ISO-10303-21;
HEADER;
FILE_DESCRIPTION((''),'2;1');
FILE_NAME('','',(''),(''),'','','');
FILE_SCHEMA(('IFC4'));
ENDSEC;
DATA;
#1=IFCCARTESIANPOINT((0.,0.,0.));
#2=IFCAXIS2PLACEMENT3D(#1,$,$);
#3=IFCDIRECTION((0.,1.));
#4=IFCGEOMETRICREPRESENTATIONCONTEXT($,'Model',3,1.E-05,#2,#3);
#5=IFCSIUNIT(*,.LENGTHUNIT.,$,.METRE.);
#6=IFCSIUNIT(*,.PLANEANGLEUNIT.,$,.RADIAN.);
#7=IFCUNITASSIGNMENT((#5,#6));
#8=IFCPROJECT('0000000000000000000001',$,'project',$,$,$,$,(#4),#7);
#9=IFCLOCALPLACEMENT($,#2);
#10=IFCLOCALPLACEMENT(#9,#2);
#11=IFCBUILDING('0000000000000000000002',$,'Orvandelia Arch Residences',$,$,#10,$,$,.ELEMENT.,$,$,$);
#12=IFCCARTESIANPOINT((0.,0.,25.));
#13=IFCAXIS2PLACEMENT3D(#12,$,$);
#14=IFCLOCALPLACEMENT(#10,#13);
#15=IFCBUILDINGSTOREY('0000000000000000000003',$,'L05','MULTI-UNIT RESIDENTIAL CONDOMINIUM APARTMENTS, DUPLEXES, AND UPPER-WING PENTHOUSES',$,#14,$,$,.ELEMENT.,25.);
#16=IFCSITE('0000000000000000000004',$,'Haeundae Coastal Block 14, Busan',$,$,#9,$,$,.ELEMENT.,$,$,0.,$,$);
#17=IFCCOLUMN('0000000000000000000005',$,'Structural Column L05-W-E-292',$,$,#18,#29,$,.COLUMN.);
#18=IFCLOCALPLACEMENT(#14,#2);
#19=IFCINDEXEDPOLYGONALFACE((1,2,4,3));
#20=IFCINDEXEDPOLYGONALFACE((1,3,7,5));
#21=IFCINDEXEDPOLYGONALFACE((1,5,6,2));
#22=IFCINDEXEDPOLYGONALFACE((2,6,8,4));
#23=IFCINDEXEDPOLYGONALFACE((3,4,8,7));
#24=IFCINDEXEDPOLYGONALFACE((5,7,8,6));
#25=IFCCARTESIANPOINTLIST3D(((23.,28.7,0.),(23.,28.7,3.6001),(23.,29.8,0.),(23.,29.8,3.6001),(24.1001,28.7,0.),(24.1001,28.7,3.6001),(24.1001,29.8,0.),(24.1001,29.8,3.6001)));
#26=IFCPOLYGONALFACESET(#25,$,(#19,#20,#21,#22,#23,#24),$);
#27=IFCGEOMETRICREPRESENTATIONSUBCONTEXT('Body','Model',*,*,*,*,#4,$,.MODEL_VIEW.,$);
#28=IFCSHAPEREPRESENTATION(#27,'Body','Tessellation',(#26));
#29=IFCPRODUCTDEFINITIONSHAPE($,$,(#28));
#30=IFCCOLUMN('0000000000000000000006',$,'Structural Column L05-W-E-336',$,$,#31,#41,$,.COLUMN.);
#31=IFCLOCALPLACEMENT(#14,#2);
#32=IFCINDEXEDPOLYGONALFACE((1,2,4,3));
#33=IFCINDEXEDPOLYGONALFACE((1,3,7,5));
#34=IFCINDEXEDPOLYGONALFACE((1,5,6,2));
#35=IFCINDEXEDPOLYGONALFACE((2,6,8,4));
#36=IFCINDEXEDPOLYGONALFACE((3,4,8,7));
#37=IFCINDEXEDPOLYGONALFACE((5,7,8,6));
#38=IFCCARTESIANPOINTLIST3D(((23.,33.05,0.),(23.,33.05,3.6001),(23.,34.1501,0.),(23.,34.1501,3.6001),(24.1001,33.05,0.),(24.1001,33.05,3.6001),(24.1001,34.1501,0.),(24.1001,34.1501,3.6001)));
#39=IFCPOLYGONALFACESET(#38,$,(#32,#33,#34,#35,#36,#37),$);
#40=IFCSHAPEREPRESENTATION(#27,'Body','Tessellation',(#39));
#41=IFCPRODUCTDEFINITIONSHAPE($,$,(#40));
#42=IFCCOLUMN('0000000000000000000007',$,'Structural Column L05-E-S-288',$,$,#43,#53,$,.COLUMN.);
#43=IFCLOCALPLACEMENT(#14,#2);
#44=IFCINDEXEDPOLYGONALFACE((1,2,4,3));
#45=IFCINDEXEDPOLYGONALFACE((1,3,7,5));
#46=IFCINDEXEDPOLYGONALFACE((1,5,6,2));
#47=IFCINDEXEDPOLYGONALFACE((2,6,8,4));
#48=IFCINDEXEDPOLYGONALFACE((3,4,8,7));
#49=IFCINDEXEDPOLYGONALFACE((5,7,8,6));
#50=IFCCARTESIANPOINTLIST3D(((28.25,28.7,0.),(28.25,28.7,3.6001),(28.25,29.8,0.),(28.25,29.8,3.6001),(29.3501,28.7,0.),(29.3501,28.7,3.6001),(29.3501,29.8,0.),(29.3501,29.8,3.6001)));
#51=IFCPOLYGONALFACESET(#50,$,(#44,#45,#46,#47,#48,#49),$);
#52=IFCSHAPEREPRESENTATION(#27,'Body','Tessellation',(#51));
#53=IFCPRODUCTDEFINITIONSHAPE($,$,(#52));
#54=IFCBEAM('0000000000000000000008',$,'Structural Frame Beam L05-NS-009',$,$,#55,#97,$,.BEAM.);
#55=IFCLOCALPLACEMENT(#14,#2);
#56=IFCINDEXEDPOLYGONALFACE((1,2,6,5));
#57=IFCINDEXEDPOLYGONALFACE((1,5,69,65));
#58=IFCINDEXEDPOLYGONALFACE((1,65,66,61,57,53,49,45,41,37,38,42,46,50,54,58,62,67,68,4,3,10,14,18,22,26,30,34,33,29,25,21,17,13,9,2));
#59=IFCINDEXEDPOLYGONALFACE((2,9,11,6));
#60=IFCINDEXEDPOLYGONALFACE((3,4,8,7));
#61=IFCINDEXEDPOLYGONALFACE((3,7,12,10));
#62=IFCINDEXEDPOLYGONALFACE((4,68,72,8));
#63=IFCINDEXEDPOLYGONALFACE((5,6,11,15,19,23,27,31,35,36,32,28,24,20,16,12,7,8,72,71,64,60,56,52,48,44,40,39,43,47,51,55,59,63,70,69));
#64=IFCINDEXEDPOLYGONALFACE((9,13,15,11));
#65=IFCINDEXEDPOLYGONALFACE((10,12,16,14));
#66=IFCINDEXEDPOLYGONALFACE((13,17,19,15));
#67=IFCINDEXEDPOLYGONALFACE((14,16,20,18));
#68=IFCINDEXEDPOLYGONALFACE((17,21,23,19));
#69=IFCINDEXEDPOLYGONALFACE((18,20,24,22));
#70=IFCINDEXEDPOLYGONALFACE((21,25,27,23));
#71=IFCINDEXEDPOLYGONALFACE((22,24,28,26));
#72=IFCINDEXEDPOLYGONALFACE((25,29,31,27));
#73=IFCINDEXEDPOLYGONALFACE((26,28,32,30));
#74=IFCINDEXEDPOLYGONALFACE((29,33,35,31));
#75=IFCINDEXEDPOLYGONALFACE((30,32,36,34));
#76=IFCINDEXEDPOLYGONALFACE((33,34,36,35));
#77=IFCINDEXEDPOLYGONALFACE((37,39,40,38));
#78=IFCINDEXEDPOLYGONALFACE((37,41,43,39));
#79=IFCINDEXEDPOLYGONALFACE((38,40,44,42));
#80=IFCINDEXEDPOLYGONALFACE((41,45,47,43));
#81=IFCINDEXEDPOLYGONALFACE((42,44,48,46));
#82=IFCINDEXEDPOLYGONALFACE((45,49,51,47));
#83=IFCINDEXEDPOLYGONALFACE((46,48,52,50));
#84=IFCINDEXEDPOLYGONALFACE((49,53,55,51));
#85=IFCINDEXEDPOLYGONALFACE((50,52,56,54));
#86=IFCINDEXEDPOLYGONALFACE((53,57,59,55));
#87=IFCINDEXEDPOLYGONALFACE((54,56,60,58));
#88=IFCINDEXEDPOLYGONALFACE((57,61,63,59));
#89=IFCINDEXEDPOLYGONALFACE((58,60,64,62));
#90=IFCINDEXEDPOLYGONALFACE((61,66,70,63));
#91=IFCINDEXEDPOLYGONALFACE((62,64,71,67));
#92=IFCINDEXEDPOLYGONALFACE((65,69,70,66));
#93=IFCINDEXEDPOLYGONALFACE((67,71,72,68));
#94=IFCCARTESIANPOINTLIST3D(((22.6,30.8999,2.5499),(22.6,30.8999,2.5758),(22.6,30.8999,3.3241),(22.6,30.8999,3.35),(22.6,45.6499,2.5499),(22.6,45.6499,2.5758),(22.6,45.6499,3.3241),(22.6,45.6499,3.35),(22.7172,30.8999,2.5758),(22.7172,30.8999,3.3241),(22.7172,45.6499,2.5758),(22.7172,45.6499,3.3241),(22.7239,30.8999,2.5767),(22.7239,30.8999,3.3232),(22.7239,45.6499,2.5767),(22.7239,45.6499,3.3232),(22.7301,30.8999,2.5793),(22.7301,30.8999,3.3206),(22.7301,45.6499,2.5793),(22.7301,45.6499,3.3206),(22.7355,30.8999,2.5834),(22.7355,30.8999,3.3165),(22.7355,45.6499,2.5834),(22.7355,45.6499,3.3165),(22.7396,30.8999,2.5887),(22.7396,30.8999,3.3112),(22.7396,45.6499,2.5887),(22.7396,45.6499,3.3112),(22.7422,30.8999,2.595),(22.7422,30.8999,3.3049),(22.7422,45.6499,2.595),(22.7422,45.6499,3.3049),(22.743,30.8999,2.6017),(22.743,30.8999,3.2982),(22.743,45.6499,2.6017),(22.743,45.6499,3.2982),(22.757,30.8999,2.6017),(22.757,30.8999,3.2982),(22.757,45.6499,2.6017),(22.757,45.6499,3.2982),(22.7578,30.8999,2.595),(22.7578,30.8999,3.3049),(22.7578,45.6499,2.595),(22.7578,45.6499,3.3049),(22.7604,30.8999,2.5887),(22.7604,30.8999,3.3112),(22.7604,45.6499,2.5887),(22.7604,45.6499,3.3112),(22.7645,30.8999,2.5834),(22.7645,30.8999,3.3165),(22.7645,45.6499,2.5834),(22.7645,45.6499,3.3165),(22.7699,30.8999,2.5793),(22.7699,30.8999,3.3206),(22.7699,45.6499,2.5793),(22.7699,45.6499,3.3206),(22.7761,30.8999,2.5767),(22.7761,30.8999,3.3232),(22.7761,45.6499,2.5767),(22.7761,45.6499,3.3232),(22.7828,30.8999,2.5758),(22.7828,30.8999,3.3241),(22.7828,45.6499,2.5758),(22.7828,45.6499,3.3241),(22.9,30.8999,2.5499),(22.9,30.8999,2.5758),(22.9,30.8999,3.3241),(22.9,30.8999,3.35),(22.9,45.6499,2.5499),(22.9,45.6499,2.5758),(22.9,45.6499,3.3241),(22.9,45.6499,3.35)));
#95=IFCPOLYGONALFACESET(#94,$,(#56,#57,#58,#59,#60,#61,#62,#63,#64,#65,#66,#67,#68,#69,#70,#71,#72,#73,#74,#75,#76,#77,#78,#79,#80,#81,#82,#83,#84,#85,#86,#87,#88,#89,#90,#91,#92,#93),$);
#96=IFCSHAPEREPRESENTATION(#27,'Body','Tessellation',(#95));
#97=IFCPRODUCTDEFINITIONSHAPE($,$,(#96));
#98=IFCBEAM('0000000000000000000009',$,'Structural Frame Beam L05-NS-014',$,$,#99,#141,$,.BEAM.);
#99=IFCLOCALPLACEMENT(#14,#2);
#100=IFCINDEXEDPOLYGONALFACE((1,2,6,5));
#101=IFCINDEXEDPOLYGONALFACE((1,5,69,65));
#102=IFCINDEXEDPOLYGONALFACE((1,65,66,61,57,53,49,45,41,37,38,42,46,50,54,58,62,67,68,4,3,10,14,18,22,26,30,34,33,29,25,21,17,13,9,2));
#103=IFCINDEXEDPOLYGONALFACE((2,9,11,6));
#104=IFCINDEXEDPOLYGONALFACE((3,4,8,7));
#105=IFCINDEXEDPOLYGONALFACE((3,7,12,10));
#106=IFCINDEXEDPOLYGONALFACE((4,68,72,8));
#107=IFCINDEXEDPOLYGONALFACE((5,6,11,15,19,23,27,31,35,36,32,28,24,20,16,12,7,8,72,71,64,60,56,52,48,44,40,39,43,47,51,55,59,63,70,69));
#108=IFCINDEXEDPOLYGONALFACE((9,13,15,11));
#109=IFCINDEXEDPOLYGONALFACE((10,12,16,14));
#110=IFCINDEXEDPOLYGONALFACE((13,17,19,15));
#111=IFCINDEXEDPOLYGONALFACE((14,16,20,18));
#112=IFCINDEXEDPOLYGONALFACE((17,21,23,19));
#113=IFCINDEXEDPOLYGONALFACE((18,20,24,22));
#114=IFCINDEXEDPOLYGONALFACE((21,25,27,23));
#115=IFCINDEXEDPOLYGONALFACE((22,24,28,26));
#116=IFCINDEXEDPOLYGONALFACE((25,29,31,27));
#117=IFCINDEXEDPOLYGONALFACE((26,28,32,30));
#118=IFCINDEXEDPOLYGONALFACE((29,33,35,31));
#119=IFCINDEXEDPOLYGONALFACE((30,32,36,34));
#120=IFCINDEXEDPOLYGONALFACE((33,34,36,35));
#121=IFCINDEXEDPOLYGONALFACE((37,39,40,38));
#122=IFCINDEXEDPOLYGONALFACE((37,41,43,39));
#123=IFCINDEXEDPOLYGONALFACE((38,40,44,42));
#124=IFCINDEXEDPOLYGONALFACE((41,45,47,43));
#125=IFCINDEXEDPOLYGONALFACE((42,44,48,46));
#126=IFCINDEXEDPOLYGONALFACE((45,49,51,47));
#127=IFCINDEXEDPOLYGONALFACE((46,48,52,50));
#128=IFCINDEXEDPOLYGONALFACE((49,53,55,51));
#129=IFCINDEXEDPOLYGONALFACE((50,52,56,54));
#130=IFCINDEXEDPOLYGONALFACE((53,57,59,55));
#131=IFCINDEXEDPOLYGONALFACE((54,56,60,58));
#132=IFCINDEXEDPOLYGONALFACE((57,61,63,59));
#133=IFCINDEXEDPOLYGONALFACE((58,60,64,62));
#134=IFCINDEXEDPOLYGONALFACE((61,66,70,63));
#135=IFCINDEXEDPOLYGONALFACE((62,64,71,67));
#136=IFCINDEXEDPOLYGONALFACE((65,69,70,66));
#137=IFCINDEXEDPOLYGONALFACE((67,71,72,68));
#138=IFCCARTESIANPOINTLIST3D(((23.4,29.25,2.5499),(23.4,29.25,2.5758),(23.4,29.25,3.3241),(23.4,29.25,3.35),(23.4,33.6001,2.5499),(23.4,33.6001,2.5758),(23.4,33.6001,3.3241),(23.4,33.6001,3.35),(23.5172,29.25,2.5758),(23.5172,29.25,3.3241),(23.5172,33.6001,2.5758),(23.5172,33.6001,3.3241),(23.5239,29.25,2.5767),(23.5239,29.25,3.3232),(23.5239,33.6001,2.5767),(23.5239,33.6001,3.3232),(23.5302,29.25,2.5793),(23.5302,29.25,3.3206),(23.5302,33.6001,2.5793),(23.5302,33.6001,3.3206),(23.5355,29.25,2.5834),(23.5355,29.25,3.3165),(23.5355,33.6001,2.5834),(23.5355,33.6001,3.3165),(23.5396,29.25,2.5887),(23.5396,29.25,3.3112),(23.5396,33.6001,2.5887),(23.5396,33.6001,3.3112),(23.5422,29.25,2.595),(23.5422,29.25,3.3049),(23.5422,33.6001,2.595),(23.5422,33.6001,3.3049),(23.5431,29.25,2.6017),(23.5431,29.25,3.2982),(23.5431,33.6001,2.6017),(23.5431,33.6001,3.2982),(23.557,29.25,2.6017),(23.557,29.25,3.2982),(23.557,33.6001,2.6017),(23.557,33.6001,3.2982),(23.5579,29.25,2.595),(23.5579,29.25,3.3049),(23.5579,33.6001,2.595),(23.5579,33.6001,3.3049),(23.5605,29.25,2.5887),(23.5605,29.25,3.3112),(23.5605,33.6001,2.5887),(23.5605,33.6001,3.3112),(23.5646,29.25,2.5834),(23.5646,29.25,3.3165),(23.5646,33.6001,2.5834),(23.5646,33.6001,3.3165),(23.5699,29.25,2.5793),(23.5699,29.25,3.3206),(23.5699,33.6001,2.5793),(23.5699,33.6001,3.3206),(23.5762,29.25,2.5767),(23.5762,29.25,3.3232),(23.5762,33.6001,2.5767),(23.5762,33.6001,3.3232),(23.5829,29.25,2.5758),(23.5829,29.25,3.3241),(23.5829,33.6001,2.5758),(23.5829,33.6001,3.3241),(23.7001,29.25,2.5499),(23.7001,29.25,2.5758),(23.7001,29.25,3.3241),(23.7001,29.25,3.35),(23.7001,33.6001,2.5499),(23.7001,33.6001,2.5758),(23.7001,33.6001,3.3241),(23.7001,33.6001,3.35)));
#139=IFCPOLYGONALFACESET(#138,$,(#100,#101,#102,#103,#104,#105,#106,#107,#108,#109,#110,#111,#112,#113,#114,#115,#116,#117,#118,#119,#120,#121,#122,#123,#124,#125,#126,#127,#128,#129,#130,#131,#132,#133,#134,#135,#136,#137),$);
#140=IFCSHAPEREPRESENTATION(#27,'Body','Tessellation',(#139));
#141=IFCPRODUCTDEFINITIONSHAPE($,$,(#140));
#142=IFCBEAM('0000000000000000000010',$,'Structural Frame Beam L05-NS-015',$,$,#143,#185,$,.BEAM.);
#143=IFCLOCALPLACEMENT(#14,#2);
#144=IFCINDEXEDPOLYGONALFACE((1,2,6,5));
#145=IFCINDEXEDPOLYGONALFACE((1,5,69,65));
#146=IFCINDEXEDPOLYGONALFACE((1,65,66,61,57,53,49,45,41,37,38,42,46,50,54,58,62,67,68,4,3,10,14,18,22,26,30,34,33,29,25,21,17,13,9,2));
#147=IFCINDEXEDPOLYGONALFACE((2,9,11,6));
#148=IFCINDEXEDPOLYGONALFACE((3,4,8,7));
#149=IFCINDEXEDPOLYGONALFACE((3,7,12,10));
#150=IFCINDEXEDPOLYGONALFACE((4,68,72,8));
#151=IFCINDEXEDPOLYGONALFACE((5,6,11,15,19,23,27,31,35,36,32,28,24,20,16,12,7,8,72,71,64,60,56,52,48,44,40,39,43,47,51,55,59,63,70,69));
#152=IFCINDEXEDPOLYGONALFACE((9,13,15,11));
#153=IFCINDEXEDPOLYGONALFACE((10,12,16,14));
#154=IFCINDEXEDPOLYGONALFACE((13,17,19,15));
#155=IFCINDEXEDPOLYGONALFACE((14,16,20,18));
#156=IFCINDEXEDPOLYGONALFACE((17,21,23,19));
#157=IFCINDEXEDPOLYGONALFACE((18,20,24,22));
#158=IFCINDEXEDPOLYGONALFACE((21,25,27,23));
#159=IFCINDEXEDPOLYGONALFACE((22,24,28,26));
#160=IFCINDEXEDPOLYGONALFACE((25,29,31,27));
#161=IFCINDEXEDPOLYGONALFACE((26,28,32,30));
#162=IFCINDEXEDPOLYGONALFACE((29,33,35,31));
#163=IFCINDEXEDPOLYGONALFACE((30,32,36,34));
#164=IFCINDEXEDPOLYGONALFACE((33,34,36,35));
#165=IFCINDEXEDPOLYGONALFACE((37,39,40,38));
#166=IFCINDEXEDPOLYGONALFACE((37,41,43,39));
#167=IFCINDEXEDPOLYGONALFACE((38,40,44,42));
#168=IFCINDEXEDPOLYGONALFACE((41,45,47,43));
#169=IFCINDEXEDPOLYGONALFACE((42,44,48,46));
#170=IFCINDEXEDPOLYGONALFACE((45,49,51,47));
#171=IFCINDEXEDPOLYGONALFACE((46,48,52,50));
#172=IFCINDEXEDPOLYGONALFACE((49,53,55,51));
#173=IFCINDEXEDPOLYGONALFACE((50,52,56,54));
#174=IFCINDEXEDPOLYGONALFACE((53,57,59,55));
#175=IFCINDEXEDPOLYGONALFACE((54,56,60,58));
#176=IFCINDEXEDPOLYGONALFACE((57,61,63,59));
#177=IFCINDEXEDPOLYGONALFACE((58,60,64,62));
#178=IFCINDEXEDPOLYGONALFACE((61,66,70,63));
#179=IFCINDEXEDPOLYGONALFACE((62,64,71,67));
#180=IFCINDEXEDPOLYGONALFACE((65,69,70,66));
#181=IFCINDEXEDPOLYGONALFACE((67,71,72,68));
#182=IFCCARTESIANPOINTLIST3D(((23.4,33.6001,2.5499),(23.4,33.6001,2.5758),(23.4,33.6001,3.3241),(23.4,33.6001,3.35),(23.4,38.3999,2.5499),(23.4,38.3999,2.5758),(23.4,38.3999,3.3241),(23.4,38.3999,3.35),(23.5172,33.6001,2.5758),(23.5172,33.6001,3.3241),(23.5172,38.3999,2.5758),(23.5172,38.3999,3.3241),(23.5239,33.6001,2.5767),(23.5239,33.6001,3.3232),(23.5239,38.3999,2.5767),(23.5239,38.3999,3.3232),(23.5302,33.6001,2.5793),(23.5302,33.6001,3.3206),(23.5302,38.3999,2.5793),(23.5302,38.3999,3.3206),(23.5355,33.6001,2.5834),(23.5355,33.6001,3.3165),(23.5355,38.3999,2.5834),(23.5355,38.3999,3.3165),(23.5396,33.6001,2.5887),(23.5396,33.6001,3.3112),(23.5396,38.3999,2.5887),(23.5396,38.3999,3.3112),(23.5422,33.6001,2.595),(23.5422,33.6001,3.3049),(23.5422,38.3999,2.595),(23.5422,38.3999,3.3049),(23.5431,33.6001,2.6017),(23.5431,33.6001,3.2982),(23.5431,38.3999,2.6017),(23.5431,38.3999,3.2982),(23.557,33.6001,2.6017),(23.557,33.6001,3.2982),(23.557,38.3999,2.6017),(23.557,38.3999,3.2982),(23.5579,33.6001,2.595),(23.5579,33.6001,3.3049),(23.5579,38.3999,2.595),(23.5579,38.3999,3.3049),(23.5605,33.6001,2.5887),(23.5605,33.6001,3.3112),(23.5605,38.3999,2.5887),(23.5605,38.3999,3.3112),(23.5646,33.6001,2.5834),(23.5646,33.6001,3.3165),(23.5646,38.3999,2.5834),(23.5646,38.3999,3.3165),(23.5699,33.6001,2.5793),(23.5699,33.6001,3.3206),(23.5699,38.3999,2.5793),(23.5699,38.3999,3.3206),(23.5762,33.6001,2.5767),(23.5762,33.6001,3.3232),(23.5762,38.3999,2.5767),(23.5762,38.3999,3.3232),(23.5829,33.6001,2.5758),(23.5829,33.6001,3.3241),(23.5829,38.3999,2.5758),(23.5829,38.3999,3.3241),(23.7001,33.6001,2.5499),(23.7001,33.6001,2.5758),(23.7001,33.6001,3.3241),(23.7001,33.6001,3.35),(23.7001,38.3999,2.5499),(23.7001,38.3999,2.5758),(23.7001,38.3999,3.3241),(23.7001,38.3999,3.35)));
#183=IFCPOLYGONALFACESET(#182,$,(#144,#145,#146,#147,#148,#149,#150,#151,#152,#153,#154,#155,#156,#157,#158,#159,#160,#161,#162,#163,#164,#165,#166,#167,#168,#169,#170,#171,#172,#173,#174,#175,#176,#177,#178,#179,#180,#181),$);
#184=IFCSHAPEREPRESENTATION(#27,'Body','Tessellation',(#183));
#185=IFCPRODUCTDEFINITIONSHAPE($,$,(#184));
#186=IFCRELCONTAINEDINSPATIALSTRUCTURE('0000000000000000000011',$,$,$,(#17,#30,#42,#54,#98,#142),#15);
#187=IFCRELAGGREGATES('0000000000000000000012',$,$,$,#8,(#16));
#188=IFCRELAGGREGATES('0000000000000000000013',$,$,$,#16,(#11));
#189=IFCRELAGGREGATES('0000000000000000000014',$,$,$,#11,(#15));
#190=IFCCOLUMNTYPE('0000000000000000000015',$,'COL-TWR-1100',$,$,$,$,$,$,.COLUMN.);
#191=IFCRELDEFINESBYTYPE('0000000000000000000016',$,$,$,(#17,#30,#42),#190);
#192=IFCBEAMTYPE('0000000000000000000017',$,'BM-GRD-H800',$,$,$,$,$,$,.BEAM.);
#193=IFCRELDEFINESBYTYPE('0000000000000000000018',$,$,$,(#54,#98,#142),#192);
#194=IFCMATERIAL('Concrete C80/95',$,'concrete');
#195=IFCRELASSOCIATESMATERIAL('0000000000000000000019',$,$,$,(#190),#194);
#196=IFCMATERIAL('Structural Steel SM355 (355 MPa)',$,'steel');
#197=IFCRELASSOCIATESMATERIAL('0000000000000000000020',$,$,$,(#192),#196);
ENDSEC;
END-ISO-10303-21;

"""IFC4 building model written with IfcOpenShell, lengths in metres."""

from ifc_helpers import new_model, si_unit, direction, frame, origin, origin_2d, place, context, subcontext, project, spatial, rectangle, i_section, extrude, material, material_profile, profile_set, type_object, element, save


model = new_model("IFC4")

# Units and contexts
model_context = context("Model", 3, precision=1e-05, world=origin(), true_north=direction((0.0, 1.0)))
body_context = subcontext(model_context, "Body", "Model", "MODEL_VIEW")
ifc_project = project(units=[si_unit("LENGTHUNIT", "METRE"), si_unit("PLANEANGLEUNIT", "RADIAN")], contexts=[model_context])

# Site, building, storey
site_placement = place(None, origin())
site = spatial("IfcSite", under=ifc_project, at=site_placement, Name="Haeundae Coastal Block 14, Busan", CompositionType="ELEMENT", RefElevation=0.0)
building_placement = place(site_placement, origin())
building = spatial("IfcBuilding", under=site, at=building_placement, Name="Orvandelia Arch Residences", CompositionType="ELEMENT")
storey_placement = place(building_placement, frame((0.0, 0.0, 25.0)))
storey = spatial("IfcBuildingStorey", under=building, at=storey_placement, Name="L05", Description="MULTI-UNIT RESIDENTIAL CONDOMINIUM APARTMENTS, DUPLEXES, AND UPPER-WING PENTHOUSES", CompositionType="ELEMENT", Elevation=25.0)

# Columns
ifc_material_1 = material(Name="Concrete C80/95", Category="concrete")
ifc_material_profile_1 = material_profile(ifc_material_1, rectangle(XDim=1.1001, YDim=1.1001, at=origin_2d()), Name="Concrete C80/95", Category="concrete")
ifc_profile_set_1 = profile_set([ifc_material_profile_1], Name="Concrete C80/95")
column_type = type_object("IfcColumnType", Name="COL-TWR-1100", PredefinedType="COLUMN", material=ifc_profile_set_1)
for number, where, z_axis, x_axis, name in (
    (1, (23.55, 29.25, 0.0), (0.0, 0.0, 1.0), (1.0, 0.0, 0.0), "Structural Column L05-W-E-292"),
    (2, (23.55, 33.6001, 0.0), (0.0, 0.0, 1.0), (1.0, 0.0, 0.0), "Structural Column L05-W-E-336"),
    (3, (28.8, 29.25, 0.0), (0.0, 0.0, 1.0), (1.0, 0.0, 0.0), "Structural Column L05-E-S-288"),
):
    element("IfcColumn", number, at=place(storey_placement, frame(where, z_axis=z_axis, x_axis=x_axis)), inside=storey, type_object=column_type, Name=name, PredefinedType="COLUMN", context=body_context, shape_type="SweptSolid", body=[
        extrude(rectangle(XDim=1.1001, YDim=1.1001, at=origin_2d()), origin(), (0.0, 0.0, 1.0), 3.6001),
    ])

# Beams
ifc_material_2 = material(Name="Structural Steel SM355 (355 MPa)", Category="steel")
ifc_material_profile_2 = material_profile(ifc_material_2, i_section(OverallWidth=0.3, OverallDepth=0.8, WebThickness=0.0139, FlangeThickness=0.0259, FilletRadius=0.0259, at=origin_2d()), Name="Structural Steel SM355 (355 MPa)", Category="steel")
ifc_profile_set_2 = profile_set([ifc_material_profile_2], Name="Structural Steel SM355 (355 MPa)")
beam_type = type_object("IfcBeamType", Name="BM-GRD-H800", PredefinedType="BEAM", material=ifc_profile_set_2)
beam_1_placement = place(storey_placement, frame((22.75, 30.8999, 2.95), z_axis=(0.0, 1.0, 0.0), x_axis=(-1.0, 0.0, 0.0)))
element("IfcBeam", 4, at=beam_1_placement, inside=storey, type_object=beam_type, Name="Structural Frame Beam L05-NS-009", PredefinedType="BEAM", context=body_context, shape_type="SweptSolid", body=[
    extrude(i_section(OverallWidth=0.3, OverallDepth=0.8, WebThickness=0.0139, FlangeThickness=0.0259, FilletRadius=0.0259, at=origin_2d()), origin(), (0.0, 0.0, 1.0), 14.75),
])
beam_2_placement = place(storey_placement, frame((23.55, 29.25, 2.95), z_axis=(0.0, 1.0, 0.0), x_axis=(-1.0, 0.0, 0.0)))
element("IfcBeam", 5, at=beam_2_placement, inside=storey, type_object=beam_type, Name="Structural Frame Beam L05-NS-014", PredefinedType="BEAM", context=body_context, shape_type="SweptSolid", body=[
    extrude(i_section(OverallWidth=0.3, OverallDepth=0.8, WebThickness=0.0139, FlangeThickness=0.0259, FilletRadius=0.0259, at=origin_2d()), origin(), (0.0, 0.0, 1.0), 4.3501),
])
beam_3_placement = place(storey_placement, frame((23.55, 33.6001, 2.95), z_axis=(0.0, 1.0, 0.0), x_axis=(-1.0, 0.0, 0.0)))
element("IfcBeam", 6, at=beam_3_placement, inside=storey, type_object=beam_type, Name="Structural Frame Beam L05-NS-015", PredefinedType="BEAM", context=body_context, shape_type="SweptSolid", body=[
    extrude(i_section(OverallWidth=0.3, OverallDepth=0.8, WebThickness=0.0139, FlangeThickness=0.0259, FilletRadius=0.0259, at=origin_2d()), origin(), (0.0, 0.0, 1.0), 4.7998),
])

save(model, "model.ifc")
